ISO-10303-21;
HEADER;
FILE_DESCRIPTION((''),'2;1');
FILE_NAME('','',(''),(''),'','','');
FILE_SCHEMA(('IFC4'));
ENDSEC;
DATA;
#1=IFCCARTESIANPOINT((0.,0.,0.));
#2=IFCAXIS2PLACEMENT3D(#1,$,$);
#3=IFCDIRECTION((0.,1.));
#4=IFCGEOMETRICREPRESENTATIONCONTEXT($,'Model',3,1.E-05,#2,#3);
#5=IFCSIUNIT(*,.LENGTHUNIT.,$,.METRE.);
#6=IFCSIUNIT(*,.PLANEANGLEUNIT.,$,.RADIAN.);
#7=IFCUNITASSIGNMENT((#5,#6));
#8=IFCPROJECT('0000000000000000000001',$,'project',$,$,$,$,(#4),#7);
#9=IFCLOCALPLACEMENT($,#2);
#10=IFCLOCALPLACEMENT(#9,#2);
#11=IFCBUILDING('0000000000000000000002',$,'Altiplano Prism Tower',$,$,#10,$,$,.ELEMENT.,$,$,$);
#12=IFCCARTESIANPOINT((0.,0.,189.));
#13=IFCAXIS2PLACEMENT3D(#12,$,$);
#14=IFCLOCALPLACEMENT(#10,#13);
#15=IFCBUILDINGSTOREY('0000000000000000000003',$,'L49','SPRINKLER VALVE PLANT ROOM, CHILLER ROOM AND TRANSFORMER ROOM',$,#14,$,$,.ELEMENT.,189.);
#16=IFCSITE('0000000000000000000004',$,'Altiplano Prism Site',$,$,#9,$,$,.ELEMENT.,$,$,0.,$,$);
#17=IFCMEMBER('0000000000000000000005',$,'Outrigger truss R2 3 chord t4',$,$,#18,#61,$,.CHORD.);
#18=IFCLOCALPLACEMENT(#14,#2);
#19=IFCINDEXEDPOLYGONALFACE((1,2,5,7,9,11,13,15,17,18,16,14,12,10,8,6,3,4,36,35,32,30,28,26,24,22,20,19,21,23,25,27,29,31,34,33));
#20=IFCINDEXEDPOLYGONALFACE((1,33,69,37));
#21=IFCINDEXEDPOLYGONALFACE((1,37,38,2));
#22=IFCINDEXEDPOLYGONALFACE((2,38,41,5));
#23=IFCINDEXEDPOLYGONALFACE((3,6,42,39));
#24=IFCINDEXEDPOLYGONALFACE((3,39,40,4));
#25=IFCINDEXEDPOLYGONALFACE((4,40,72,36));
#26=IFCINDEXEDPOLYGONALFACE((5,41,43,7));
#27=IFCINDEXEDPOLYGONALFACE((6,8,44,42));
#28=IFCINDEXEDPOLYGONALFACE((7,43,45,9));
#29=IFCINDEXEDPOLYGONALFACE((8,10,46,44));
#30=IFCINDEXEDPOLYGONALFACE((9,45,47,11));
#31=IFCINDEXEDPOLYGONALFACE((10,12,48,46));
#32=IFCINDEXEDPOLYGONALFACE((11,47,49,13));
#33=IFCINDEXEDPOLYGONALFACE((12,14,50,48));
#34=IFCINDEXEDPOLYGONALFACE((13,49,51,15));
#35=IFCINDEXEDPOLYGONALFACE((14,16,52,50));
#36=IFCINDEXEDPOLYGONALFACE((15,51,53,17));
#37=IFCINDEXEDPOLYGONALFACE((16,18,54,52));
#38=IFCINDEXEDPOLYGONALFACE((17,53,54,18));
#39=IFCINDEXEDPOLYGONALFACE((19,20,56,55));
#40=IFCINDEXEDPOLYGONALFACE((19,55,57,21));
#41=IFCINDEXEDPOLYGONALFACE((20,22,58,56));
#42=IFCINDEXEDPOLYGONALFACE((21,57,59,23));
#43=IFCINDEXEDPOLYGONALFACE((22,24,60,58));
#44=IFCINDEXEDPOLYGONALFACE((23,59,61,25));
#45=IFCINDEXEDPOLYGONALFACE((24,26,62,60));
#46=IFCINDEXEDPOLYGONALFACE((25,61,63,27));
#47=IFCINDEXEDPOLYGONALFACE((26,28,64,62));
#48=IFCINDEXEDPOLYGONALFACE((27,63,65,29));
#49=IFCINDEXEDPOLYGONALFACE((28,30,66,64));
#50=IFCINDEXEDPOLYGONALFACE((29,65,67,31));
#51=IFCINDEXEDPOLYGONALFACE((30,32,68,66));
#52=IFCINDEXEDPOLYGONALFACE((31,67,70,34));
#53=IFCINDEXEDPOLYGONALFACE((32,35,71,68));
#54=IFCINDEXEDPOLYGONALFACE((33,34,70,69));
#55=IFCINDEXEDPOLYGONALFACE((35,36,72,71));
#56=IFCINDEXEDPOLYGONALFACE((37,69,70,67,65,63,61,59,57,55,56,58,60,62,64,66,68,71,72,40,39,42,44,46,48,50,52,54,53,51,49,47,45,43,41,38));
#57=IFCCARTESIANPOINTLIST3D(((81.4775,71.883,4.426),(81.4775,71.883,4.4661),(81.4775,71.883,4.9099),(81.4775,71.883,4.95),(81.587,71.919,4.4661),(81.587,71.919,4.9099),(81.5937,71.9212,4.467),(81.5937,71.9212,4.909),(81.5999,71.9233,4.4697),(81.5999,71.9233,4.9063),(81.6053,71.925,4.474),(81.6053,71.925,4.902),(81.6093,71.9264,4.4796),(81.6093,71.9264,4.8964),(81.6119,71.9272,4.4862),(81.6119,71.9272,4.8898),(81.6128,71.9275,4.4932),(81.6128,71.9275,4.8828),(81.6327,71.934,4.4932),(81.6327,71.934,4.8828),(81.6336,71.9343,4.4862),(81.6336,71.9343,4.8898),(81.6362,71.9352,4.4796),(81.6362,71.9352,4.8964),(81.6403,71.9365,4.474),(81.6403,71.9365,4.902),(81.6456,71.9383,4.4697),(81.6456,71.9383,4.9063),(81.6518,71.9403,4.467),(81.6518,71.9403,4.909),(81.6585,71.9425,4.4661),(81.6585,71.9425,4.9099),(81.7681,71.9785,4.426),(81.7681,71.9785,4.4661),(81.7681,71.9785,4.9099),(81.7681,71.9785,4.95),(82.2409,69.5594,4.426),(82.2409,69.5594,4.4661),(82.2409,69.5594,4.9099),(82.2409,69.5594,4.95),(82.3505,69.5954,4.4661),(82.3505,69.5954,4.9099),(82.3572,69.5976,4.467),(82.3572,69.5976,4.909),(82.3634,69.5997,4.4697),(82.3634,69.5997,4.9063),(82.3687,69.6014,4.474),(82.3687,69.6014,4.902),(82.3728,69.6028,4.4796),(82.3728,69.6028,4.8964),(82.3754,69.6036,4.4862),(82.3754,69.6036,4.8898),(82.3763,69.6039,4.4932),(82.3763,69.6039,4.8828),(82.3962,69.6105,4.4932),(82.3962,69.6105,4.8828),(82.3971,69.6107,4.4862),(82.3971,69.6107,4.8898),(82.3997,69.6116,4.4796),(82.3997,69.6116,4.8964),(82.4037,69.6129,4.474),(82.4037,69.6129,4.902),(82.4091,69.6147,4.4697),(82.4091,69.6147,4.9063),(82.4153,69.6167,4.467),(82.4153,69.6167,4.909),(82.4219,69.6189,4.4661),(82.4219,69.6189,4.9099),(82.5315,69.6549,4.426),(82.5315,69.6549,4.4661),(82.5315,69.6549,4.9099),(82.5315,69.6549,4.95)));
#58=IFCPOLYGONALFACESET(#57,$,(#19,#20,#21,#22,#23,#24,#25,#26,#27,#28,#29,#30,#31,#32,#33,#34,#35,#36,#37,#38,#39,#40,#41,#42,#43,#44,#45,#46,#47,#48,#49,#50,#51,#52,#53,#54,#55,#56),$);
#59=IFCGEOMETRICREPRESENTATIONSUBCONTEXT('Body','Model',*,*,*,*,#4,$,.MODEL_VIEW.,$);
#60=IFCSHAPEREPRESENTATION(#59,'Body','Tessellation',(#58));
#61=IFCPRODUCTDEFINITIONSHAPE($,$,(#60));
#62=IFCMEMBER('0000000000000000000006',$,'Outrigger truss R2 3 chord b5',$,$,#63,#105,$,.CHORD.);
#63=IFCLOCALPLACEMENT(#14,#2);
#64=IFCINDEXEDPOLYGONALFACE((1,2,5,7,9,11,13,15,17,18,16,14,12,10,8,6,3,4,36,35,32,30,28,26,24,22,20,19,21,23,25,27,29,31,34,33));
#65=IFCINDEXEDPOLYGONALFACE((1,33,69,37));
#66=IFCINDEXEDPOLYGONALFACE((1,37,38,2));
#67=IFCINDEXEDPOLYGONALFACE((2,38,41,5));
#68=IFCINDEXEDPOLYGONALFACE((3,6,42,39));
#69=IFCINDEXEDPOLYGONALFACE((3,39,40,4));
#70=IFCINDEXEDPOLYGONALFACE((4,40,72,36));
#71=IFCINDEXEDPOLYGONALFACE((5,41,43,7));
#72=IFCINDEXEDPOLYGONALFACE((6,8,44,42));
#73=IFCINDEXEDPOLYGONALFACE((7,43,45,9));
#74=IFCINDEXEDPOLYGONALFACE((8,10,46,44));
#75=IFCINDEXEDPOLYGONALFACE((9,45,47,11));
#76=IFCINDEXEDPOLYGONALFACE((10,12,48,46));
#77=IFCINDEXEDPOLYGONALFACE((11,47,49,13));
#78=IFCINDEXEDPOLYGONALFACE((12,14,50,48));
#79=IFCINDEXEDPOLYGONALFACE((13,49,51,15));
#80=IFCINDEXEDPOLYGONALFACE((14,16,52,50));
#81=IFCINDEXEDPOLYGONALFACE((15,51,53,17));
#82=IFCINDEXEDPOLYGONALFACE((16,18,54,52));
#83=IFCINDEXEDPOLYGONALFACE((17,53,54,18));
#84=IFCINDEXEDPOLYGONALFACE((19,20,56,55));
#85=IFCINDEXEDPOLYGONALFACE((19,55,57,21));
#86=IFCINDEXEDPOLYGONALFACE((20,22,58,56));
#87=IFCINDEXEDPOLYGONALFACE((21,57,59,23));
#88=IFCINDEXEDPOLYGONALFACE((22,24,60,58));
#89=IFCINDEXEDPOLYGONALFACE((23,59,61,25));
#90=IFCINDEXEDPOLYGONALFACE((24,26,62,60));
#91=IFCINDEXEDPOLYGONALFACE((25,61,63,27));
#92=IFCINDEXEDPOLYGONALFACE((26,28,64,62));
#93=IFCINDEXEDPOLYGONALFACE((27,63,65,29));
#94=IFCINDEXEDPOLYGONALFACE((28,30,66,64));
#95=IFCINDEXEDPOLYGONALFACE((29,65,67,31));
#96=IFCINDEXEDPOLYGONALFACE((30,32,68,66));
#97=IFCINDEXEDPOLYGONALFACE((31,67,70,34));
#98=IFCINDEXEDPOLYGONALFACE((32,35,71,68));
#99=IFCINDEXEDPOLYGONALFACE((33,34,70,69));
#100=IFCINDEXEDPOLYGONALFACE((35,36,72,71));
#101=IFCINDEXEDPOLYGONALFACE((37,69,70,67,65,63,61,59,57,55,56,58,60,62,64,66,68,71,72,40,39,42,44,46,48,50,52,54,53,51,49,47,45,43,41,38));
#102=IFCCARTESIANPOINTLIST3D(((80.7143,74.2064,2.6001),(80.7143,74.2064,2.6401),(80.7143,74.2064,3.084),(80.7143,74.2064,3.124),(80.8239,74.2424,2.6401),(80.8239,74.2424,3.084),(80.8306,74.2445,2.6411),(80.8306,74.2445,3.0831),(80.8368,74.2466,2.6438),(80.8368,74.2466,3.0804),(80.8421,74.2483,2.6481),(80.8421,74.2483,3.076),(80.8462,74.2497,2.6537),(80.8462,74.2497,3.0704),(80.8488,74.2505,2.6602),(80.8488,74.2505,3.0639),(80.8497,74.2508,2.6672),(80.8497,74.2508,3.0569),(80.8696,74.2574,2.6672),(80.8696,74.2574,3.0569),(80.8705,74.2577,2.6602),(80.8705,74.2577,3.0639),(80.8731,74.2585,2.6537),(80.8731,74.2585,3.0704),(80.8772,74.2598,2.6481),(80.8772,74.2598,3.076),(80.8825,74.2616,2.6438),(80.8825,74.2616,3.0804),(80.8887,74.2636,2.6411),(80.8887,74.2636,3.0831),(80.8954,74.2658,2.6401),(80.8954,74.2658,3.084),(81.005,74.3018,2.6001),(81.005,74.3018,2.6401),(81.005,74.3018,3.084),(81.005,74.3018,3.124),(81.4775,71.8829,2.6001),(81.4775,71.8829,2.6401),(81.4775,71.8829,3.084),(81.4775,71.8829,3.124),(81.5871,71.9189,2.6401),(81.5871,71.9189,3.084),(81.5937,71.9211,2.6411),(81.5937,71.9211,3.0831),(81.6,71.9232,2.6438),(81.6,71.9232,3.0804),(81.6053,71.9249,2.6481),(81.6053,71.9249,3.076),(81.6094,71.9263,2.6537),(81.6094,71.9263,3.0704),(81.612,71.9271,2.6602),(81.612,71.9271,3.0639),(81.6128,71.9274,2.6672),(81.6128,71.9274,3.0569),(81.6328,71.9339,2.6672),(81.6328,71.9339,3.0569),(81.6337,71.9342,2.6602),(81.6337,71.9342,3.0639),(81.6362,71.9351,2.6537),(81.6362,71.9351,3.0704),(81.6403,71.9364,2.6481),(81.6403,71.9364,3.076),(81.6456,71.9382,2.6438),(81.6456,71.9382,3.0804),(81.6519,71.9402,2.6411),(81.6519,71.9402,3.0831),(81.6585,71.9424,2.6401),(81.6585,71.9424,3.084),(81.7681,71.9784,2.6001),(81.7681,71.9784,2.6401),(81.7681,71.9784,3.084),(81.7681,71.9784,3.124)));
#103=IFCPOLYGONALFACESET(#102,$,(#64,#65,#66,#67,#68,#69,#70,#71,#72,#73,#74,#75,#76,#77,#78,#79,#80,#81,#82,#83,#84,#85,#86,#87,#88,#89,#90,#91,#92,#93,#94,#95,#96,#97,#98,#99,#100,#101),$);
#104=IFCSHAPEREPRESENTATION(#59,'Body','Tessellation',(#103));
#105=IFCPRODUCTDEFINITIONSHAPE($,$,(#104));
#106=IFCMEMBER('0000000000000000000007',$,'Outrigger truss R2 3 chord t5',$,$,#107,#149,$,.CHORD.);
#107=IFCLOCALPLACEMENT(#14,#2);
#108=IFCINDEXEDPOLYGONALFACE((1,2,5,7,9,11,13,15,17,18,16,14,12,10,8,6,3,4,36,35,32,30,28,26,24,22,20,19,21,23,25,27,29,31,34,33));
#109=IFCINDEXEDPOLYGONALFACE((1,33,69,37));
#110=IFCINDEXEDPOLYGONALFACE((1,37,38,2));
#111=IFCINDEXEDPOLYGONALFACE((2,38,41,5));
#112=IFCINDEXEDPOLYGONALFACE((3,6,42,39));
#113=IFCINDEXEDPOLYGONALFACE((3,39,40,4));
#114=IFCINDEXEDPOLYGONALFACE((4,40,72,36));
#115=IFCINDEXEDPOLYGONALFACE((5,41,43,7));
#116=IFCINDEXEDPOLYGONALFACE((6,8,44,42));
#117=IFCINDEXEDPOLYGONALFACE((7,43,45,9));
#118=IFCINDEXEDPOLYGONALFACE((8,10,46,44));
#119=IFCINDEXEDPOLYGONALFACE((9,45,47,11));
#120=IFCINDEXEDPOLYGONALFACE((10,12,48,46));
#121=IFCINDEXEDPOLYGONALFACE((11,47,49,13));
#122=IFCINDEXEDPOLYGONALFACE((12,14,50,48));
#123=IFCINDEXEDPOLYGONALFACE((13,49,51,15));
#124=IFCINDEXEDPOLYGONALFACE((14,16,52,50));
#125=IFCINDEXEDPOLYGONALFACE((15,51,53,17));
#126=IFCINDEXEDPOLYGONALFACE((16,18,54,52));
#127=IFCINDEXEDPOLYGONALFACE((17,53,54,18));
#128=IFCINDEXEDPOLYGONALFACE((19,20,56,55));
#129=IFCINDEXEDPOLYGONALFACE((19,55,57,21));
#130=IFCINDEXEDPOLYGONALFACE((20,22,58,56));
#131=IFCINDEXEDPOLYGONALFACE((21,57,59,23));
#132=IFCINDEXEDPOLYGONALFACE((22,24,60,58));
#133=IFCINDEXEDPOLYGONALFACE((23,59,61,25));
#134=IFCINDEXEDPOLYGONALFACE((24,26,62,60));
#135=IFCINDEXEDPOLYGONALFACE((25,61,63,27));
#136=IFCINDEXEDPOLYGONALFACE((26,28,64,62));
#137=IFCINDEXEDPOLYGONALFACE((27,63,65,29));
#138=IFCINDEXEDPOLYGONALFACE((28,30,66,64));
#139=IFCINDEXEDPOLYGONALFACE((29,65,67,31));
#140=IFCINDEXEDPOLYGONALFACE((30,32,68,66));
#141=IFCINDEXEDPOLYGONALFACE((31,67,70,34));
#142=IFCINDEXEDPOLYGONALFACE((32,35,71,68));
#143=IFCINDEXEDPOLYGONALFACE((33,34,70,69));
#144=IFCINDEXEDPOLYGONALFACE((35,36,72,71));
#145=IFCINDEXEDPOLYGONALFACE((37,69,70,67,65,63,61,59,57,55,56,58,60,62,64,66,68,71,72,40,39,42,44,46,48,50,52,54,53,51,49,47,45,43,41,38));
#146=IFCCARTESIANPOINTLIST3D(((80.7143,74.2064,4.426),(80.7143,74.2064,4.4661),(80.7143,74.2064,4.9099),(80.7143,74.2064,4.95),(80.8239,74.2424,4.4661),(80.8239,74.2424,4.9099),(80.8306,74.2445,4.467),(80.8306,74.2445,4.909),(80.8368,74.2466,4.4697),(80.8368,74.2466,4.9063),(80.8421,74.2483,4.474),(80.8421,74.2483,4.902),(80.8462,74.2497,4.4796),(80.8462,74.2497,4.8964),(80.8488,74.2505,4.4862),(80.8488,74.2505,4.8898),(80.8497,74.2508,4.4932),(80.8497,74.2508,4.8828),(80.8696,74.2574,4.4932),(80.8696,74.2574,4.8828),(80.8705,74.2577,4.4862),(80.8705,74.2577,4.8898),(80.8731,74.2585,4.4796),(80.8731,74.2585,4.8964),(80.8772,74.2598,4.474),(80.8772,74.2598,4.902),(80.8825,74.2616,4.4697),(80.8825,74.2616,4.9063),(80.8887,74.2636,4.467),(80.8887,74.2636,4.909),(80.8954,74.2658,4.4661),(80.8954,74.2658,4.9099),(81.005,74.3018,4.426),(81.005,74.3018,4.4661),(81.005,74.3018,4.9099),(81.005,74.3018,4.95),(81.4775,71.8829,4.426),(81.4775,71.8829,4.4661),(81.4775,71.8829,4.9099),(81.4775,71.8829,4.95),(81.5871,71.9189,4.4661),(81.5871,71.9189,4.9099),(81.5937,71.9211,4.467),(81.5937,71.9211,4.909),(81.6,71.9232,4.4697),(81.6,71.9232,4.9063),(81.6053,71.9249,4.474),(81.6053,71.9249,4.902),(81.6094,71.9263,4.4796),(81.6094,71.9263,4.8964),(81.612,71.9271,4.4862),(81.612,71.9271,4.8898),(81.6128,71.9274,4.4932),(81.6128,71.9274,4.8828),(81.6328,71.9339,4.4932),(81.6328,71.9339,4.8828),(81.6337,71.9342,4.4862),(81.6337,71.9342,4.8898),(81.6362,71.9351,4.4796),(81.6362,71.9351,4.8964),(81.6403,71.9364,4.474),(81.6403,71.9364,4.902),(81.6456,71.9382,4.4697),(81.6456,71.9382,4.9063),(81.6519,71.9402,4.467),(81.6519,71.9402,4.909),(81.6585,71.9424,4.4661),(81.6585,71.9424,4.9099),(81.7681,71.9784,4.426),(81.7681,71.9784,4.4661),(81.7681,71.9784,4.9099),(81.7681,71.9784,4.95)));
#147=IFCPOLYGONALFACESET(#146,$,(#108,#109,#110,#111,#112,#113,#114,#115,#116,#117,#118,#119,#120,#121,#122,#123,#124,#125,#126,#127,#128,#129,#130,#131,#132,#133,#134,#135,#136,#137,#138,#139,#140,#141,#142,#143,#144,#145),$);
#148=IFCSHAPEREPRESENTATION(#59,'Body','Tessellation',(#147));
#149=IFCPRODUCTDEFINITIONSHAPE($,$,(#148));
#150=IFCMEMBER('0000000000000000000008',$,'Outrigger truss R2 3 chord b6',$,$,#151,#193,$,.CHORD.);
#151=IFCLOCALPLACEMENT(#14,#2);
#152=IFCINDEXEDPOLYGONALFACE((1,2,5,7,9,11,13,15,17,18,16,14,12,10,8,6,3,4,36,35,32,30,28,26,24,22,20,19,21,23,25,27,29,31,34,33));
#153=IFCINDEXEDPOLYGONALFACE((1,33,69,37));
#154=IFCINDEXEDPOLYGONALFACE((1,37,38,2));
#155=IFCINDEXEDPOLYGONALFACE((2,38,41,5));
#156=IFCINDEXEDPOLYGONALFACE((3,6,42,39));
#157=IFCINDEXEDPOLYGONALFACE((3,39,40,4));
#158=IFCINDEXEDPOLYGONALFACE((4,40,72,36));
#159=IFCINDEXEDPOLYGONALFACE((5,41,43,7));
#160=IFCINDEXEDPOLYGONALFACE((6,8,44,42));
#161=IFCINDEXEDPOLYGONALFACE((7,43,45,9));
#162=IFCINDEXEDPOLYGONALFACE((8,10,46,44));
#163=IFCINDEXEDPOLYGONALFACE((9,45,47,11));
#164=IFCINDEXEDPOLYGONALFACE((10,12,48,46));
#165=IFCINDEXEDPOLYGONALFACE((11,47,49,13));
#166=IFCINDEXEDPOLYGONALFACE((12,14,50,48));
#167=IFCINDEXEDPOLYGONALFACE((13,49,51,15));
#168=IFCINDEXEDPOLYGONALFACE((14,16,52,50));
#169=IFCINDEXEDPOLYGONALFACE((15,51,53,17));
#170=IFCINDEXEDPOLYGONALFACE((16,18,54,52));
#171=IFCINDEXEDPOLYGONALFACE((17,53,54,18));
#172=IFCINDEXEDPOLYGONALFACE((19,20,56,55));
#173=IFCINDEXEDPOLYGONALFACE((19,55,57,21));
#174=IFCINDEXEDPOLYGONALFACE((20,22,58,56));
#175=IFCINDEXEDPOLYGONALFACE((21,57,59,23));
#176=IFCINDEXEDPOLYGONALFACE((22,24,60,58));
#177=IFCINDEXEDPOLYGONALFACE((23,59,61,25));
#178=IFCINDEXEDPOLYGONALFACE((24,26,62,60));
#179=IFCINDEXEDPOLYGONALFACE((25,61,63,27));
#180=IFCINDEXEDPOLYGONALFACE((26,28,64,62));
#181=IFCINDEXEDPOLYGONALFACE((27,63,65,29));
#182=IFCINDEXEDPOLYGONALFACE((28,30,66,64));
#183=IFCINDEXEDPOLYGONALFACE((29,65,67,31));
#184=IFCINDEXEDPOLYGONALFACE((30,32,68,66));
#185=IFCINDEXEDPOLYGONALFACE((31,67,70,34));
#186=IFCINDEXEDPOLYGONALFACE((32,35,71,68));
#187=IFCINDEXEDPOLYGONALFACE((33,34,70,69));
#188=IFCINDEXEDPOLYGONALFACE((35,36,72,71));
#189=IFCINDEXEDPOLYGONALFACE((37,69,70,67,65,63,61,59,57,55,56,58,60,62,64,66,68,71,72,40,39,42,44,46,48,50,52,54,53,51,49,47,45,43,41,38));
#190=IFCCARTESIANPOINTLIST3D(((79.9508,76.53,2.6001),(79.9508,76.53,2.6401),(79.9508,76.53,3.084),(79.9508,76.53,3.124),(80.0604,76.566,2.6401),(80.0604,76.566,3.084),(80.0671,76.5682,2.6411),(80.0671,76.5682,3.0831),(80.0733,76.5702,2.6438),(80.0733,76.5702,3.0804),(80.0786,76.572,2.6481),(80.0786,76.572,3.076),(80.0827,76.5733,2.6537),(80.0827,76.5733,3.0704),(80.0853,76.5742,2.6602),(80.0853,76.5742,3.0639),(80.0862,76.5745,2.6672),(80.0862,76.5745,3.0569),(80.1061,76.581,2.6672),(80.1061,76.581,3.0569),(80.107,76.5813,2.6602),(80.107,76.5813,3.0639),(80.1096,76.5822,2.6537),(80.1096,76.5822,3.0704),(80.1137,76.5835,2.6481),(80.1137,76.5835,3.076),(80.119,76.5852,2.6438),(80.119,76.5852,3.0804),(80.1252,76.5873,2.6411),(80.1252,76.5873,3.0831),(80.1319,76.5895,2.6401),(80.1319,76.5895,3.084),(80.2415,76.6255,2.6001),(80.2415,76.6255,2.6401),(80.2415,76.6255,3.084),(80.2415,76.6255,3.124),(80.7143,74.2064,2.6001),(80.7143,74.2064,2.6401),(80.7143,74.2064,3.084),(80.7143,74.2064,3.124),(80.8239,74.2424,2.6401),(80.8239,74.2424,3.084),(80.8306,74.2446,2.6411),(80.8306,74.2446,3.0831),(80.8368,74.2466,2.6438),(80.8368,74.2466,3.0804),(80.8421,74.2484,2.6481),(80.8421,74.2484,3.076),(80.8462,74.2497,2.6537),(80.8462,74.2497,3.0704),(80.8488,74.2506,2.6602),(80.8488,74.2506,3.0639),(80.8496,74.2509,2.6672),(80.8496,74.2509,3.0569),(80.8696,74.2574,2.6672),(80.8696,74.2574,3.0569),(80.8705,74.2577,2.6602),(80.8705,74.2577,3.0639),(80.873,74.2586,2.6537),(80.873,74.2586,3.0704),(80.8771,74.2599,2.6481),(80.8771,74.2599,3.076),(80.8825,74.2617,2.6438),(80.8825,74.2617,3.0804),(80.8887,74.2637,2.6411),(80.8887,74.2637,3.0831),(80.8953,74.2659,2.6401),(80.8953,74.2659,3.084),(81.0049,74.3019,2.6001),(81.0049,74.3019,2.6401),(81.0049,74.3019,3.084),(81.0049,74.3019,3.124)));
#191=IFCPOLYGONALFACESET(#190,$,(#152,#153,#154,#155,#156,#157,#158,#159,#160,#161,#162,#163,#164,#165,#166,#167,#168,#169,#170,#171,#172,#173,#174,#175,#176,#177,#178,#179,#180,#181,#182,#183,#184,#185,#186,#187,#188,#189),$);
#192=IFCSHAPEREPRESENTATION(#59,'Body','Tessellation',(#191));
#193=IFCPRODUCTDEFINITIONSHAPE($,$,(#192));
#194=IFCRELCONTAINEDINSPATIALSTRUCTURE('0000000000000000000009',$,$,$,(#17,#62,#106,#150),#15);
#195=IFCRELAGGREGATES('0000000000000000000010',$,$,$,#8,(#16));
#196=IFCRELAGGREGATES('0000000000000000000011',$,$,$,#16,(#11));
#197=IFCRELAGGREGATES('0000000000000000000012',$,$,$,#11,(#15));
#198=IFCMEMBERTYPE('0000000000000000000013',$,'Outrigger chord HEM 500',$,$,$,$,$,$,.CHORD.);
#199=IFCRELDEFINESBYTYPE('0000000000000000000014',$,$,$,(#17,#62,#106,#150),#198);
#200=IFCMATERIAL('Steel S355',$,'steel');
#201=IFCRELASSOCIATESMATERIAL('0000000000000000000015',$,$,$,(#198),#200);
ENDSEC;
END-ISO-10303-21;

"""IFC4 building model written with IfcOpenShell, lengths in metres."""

from ifc_helpers import new_model, si_unit, direction, frame, origin, origin_2d, place, context, subcontext, project, spatial, i_section, extrude, material, material_profile, profile_set, type_object, element, save


model = new_model("IFC4")

# Units and contexts
model_context = context("Model", 3, precision=1e-05, world=origin(), true_north=direction((0.0, 1.0)))
body_context = subcontext(model_context, "Body", "Model", "MODEL_VIEW")
ifc_project = project(units=[si_unit("LENGTHUNIT", "METRE"), si_unit("PLANEANGLEUNIT", "RADIAN")], contexts=[model_context])

# Site, building, storey
site_placement = place(None, origin())
site = spatial("IfcSite", under=ifc_project, at=site_placement, Name="Altiplano Prism Site", CompositionType="ELEMENT", RefElevation=0.0)
building_placement = place(site_placement, origin())
building = spatial("IfcBuilding", under=site, at=building_placement, Name="Altiplano Prism Tower", CompositionType="ELEMENT")
storey_placement = place(building_placement, frame((0.0, 0.0, 189.0)))
storey = spatial("IfcBuildingStorey", under=building, at=storey_placement, Name="L49", Description="SPRINKLER VALVE PLANT ROOM, CHILLER ROOM AND TRANSFORMER ROOM", CompositionType="ELEMENT", Elevation=189.0)

# Shared definitions
ifc_material_1 = material(Name="Steel S355", Category="steel")

# Members
ifc_material_profile_1 = material_profile(ifc_material_1, i_section(OverallWidth=0.3059, OverallDepth=0.5239, WebThickness=0.021, FlangeThickness=0.04, FilletRadius=0.0271, at=origin_2d()), Name="Outrigger chord HEM 500")
ifc_profile_set_1 = profile_set([ifc_material_profile_1], Name="Steel S355")
member_type_1 = type_object("IfcMemberType", Name="Outrigger chord HEM 500", PredefinedType="CHORD", material=ifc_profile_set_1)
for number, where, z_axis, x_axis, name in (
    (1, (82.3862, 69.6072, 4.688), (-0.312152, 0.950032, 0.0), (-0.950032, -0.312152, 0.0), "Outrigger truss R2 3 chord t4"),
):
    element("IfcMember", number, at=place(storey_placement, frame(where, z_axis=z_axis, x_axis=x_axis)), inside=storey, type_object=member_type_1, Name=name, PredefinedType="CHORD", context=body_context, shape_type="SweptSolid", body=[
        extrude(i_section(OverallWidth=0.3059, OverallDepth=0.5239, WebThickness=0.021, FlangeThickness=0.04, FilletRadius=0.0271, at=origin_2d()), origin(), (0.0, 0.0, 1.0), 2.4458),
    ])
for number, where, z_axis, x_axis, name in (
    (2, (81.6228, 71.9307, 2.8621), (-0.312062, 0.950062, 0.0), (-0.950062, -0.312062, 0.0), "Outrigger truss R2 3 chord b5"),
    (3, (81.6228, 71.9307, 4.688), (-0.312062, 0.950062, 0.0), (-0.950062, -0.312062, 0.0), "Outrigger truss R2 3 chord t5"),
):
    element("IfcMember", number, at=place(storey_placement, frame(where, z_axis=z_axis, x_axis=x_axis)), inside=storey, type_object=member_type_1, Name=name, PredefinedType="CHORD", context=body_context, shape_type="SweptSolid", body=[
        extrude(i_section(OverallWidth=0.3059, OverallDepth=0.5239, WebThickness=0.021, FlangeThickness=0.04, FilletRadius=0.0271, at=origin_2d()), origin(), (0.0, 0.0, 1.0), 2.4456),
    ])
for number, where, z_axis, x_axis, name in (
    (4, (80.8596, 74.2542, 2.8621), (-0.312152, 0.950032, 0.0), (-0.950032, -0.312152, 0.0), "Outrigger truss R2 3 chord b6"),
):
    element("IfcMember", number, at=place(storey_placement, frame(where, z_axis=z_axis, x_axis=x_axis)), inside=storey, type_object=member_type_1, Name=name, PredefinedType="CHORD", context=body_context, shape_type="SweptSolid", body=[
        extrude(i_section(OverallWidth=0.3059, OverallDepth=0.5239, WebThickness=0.021, FlangeThickness=0.04, FilletRadius=0.0271, at=origin_2d()), origin(), (0.0, 0.0, 1.0), 2.4458),
    ])

save(model, "model.ifc")
